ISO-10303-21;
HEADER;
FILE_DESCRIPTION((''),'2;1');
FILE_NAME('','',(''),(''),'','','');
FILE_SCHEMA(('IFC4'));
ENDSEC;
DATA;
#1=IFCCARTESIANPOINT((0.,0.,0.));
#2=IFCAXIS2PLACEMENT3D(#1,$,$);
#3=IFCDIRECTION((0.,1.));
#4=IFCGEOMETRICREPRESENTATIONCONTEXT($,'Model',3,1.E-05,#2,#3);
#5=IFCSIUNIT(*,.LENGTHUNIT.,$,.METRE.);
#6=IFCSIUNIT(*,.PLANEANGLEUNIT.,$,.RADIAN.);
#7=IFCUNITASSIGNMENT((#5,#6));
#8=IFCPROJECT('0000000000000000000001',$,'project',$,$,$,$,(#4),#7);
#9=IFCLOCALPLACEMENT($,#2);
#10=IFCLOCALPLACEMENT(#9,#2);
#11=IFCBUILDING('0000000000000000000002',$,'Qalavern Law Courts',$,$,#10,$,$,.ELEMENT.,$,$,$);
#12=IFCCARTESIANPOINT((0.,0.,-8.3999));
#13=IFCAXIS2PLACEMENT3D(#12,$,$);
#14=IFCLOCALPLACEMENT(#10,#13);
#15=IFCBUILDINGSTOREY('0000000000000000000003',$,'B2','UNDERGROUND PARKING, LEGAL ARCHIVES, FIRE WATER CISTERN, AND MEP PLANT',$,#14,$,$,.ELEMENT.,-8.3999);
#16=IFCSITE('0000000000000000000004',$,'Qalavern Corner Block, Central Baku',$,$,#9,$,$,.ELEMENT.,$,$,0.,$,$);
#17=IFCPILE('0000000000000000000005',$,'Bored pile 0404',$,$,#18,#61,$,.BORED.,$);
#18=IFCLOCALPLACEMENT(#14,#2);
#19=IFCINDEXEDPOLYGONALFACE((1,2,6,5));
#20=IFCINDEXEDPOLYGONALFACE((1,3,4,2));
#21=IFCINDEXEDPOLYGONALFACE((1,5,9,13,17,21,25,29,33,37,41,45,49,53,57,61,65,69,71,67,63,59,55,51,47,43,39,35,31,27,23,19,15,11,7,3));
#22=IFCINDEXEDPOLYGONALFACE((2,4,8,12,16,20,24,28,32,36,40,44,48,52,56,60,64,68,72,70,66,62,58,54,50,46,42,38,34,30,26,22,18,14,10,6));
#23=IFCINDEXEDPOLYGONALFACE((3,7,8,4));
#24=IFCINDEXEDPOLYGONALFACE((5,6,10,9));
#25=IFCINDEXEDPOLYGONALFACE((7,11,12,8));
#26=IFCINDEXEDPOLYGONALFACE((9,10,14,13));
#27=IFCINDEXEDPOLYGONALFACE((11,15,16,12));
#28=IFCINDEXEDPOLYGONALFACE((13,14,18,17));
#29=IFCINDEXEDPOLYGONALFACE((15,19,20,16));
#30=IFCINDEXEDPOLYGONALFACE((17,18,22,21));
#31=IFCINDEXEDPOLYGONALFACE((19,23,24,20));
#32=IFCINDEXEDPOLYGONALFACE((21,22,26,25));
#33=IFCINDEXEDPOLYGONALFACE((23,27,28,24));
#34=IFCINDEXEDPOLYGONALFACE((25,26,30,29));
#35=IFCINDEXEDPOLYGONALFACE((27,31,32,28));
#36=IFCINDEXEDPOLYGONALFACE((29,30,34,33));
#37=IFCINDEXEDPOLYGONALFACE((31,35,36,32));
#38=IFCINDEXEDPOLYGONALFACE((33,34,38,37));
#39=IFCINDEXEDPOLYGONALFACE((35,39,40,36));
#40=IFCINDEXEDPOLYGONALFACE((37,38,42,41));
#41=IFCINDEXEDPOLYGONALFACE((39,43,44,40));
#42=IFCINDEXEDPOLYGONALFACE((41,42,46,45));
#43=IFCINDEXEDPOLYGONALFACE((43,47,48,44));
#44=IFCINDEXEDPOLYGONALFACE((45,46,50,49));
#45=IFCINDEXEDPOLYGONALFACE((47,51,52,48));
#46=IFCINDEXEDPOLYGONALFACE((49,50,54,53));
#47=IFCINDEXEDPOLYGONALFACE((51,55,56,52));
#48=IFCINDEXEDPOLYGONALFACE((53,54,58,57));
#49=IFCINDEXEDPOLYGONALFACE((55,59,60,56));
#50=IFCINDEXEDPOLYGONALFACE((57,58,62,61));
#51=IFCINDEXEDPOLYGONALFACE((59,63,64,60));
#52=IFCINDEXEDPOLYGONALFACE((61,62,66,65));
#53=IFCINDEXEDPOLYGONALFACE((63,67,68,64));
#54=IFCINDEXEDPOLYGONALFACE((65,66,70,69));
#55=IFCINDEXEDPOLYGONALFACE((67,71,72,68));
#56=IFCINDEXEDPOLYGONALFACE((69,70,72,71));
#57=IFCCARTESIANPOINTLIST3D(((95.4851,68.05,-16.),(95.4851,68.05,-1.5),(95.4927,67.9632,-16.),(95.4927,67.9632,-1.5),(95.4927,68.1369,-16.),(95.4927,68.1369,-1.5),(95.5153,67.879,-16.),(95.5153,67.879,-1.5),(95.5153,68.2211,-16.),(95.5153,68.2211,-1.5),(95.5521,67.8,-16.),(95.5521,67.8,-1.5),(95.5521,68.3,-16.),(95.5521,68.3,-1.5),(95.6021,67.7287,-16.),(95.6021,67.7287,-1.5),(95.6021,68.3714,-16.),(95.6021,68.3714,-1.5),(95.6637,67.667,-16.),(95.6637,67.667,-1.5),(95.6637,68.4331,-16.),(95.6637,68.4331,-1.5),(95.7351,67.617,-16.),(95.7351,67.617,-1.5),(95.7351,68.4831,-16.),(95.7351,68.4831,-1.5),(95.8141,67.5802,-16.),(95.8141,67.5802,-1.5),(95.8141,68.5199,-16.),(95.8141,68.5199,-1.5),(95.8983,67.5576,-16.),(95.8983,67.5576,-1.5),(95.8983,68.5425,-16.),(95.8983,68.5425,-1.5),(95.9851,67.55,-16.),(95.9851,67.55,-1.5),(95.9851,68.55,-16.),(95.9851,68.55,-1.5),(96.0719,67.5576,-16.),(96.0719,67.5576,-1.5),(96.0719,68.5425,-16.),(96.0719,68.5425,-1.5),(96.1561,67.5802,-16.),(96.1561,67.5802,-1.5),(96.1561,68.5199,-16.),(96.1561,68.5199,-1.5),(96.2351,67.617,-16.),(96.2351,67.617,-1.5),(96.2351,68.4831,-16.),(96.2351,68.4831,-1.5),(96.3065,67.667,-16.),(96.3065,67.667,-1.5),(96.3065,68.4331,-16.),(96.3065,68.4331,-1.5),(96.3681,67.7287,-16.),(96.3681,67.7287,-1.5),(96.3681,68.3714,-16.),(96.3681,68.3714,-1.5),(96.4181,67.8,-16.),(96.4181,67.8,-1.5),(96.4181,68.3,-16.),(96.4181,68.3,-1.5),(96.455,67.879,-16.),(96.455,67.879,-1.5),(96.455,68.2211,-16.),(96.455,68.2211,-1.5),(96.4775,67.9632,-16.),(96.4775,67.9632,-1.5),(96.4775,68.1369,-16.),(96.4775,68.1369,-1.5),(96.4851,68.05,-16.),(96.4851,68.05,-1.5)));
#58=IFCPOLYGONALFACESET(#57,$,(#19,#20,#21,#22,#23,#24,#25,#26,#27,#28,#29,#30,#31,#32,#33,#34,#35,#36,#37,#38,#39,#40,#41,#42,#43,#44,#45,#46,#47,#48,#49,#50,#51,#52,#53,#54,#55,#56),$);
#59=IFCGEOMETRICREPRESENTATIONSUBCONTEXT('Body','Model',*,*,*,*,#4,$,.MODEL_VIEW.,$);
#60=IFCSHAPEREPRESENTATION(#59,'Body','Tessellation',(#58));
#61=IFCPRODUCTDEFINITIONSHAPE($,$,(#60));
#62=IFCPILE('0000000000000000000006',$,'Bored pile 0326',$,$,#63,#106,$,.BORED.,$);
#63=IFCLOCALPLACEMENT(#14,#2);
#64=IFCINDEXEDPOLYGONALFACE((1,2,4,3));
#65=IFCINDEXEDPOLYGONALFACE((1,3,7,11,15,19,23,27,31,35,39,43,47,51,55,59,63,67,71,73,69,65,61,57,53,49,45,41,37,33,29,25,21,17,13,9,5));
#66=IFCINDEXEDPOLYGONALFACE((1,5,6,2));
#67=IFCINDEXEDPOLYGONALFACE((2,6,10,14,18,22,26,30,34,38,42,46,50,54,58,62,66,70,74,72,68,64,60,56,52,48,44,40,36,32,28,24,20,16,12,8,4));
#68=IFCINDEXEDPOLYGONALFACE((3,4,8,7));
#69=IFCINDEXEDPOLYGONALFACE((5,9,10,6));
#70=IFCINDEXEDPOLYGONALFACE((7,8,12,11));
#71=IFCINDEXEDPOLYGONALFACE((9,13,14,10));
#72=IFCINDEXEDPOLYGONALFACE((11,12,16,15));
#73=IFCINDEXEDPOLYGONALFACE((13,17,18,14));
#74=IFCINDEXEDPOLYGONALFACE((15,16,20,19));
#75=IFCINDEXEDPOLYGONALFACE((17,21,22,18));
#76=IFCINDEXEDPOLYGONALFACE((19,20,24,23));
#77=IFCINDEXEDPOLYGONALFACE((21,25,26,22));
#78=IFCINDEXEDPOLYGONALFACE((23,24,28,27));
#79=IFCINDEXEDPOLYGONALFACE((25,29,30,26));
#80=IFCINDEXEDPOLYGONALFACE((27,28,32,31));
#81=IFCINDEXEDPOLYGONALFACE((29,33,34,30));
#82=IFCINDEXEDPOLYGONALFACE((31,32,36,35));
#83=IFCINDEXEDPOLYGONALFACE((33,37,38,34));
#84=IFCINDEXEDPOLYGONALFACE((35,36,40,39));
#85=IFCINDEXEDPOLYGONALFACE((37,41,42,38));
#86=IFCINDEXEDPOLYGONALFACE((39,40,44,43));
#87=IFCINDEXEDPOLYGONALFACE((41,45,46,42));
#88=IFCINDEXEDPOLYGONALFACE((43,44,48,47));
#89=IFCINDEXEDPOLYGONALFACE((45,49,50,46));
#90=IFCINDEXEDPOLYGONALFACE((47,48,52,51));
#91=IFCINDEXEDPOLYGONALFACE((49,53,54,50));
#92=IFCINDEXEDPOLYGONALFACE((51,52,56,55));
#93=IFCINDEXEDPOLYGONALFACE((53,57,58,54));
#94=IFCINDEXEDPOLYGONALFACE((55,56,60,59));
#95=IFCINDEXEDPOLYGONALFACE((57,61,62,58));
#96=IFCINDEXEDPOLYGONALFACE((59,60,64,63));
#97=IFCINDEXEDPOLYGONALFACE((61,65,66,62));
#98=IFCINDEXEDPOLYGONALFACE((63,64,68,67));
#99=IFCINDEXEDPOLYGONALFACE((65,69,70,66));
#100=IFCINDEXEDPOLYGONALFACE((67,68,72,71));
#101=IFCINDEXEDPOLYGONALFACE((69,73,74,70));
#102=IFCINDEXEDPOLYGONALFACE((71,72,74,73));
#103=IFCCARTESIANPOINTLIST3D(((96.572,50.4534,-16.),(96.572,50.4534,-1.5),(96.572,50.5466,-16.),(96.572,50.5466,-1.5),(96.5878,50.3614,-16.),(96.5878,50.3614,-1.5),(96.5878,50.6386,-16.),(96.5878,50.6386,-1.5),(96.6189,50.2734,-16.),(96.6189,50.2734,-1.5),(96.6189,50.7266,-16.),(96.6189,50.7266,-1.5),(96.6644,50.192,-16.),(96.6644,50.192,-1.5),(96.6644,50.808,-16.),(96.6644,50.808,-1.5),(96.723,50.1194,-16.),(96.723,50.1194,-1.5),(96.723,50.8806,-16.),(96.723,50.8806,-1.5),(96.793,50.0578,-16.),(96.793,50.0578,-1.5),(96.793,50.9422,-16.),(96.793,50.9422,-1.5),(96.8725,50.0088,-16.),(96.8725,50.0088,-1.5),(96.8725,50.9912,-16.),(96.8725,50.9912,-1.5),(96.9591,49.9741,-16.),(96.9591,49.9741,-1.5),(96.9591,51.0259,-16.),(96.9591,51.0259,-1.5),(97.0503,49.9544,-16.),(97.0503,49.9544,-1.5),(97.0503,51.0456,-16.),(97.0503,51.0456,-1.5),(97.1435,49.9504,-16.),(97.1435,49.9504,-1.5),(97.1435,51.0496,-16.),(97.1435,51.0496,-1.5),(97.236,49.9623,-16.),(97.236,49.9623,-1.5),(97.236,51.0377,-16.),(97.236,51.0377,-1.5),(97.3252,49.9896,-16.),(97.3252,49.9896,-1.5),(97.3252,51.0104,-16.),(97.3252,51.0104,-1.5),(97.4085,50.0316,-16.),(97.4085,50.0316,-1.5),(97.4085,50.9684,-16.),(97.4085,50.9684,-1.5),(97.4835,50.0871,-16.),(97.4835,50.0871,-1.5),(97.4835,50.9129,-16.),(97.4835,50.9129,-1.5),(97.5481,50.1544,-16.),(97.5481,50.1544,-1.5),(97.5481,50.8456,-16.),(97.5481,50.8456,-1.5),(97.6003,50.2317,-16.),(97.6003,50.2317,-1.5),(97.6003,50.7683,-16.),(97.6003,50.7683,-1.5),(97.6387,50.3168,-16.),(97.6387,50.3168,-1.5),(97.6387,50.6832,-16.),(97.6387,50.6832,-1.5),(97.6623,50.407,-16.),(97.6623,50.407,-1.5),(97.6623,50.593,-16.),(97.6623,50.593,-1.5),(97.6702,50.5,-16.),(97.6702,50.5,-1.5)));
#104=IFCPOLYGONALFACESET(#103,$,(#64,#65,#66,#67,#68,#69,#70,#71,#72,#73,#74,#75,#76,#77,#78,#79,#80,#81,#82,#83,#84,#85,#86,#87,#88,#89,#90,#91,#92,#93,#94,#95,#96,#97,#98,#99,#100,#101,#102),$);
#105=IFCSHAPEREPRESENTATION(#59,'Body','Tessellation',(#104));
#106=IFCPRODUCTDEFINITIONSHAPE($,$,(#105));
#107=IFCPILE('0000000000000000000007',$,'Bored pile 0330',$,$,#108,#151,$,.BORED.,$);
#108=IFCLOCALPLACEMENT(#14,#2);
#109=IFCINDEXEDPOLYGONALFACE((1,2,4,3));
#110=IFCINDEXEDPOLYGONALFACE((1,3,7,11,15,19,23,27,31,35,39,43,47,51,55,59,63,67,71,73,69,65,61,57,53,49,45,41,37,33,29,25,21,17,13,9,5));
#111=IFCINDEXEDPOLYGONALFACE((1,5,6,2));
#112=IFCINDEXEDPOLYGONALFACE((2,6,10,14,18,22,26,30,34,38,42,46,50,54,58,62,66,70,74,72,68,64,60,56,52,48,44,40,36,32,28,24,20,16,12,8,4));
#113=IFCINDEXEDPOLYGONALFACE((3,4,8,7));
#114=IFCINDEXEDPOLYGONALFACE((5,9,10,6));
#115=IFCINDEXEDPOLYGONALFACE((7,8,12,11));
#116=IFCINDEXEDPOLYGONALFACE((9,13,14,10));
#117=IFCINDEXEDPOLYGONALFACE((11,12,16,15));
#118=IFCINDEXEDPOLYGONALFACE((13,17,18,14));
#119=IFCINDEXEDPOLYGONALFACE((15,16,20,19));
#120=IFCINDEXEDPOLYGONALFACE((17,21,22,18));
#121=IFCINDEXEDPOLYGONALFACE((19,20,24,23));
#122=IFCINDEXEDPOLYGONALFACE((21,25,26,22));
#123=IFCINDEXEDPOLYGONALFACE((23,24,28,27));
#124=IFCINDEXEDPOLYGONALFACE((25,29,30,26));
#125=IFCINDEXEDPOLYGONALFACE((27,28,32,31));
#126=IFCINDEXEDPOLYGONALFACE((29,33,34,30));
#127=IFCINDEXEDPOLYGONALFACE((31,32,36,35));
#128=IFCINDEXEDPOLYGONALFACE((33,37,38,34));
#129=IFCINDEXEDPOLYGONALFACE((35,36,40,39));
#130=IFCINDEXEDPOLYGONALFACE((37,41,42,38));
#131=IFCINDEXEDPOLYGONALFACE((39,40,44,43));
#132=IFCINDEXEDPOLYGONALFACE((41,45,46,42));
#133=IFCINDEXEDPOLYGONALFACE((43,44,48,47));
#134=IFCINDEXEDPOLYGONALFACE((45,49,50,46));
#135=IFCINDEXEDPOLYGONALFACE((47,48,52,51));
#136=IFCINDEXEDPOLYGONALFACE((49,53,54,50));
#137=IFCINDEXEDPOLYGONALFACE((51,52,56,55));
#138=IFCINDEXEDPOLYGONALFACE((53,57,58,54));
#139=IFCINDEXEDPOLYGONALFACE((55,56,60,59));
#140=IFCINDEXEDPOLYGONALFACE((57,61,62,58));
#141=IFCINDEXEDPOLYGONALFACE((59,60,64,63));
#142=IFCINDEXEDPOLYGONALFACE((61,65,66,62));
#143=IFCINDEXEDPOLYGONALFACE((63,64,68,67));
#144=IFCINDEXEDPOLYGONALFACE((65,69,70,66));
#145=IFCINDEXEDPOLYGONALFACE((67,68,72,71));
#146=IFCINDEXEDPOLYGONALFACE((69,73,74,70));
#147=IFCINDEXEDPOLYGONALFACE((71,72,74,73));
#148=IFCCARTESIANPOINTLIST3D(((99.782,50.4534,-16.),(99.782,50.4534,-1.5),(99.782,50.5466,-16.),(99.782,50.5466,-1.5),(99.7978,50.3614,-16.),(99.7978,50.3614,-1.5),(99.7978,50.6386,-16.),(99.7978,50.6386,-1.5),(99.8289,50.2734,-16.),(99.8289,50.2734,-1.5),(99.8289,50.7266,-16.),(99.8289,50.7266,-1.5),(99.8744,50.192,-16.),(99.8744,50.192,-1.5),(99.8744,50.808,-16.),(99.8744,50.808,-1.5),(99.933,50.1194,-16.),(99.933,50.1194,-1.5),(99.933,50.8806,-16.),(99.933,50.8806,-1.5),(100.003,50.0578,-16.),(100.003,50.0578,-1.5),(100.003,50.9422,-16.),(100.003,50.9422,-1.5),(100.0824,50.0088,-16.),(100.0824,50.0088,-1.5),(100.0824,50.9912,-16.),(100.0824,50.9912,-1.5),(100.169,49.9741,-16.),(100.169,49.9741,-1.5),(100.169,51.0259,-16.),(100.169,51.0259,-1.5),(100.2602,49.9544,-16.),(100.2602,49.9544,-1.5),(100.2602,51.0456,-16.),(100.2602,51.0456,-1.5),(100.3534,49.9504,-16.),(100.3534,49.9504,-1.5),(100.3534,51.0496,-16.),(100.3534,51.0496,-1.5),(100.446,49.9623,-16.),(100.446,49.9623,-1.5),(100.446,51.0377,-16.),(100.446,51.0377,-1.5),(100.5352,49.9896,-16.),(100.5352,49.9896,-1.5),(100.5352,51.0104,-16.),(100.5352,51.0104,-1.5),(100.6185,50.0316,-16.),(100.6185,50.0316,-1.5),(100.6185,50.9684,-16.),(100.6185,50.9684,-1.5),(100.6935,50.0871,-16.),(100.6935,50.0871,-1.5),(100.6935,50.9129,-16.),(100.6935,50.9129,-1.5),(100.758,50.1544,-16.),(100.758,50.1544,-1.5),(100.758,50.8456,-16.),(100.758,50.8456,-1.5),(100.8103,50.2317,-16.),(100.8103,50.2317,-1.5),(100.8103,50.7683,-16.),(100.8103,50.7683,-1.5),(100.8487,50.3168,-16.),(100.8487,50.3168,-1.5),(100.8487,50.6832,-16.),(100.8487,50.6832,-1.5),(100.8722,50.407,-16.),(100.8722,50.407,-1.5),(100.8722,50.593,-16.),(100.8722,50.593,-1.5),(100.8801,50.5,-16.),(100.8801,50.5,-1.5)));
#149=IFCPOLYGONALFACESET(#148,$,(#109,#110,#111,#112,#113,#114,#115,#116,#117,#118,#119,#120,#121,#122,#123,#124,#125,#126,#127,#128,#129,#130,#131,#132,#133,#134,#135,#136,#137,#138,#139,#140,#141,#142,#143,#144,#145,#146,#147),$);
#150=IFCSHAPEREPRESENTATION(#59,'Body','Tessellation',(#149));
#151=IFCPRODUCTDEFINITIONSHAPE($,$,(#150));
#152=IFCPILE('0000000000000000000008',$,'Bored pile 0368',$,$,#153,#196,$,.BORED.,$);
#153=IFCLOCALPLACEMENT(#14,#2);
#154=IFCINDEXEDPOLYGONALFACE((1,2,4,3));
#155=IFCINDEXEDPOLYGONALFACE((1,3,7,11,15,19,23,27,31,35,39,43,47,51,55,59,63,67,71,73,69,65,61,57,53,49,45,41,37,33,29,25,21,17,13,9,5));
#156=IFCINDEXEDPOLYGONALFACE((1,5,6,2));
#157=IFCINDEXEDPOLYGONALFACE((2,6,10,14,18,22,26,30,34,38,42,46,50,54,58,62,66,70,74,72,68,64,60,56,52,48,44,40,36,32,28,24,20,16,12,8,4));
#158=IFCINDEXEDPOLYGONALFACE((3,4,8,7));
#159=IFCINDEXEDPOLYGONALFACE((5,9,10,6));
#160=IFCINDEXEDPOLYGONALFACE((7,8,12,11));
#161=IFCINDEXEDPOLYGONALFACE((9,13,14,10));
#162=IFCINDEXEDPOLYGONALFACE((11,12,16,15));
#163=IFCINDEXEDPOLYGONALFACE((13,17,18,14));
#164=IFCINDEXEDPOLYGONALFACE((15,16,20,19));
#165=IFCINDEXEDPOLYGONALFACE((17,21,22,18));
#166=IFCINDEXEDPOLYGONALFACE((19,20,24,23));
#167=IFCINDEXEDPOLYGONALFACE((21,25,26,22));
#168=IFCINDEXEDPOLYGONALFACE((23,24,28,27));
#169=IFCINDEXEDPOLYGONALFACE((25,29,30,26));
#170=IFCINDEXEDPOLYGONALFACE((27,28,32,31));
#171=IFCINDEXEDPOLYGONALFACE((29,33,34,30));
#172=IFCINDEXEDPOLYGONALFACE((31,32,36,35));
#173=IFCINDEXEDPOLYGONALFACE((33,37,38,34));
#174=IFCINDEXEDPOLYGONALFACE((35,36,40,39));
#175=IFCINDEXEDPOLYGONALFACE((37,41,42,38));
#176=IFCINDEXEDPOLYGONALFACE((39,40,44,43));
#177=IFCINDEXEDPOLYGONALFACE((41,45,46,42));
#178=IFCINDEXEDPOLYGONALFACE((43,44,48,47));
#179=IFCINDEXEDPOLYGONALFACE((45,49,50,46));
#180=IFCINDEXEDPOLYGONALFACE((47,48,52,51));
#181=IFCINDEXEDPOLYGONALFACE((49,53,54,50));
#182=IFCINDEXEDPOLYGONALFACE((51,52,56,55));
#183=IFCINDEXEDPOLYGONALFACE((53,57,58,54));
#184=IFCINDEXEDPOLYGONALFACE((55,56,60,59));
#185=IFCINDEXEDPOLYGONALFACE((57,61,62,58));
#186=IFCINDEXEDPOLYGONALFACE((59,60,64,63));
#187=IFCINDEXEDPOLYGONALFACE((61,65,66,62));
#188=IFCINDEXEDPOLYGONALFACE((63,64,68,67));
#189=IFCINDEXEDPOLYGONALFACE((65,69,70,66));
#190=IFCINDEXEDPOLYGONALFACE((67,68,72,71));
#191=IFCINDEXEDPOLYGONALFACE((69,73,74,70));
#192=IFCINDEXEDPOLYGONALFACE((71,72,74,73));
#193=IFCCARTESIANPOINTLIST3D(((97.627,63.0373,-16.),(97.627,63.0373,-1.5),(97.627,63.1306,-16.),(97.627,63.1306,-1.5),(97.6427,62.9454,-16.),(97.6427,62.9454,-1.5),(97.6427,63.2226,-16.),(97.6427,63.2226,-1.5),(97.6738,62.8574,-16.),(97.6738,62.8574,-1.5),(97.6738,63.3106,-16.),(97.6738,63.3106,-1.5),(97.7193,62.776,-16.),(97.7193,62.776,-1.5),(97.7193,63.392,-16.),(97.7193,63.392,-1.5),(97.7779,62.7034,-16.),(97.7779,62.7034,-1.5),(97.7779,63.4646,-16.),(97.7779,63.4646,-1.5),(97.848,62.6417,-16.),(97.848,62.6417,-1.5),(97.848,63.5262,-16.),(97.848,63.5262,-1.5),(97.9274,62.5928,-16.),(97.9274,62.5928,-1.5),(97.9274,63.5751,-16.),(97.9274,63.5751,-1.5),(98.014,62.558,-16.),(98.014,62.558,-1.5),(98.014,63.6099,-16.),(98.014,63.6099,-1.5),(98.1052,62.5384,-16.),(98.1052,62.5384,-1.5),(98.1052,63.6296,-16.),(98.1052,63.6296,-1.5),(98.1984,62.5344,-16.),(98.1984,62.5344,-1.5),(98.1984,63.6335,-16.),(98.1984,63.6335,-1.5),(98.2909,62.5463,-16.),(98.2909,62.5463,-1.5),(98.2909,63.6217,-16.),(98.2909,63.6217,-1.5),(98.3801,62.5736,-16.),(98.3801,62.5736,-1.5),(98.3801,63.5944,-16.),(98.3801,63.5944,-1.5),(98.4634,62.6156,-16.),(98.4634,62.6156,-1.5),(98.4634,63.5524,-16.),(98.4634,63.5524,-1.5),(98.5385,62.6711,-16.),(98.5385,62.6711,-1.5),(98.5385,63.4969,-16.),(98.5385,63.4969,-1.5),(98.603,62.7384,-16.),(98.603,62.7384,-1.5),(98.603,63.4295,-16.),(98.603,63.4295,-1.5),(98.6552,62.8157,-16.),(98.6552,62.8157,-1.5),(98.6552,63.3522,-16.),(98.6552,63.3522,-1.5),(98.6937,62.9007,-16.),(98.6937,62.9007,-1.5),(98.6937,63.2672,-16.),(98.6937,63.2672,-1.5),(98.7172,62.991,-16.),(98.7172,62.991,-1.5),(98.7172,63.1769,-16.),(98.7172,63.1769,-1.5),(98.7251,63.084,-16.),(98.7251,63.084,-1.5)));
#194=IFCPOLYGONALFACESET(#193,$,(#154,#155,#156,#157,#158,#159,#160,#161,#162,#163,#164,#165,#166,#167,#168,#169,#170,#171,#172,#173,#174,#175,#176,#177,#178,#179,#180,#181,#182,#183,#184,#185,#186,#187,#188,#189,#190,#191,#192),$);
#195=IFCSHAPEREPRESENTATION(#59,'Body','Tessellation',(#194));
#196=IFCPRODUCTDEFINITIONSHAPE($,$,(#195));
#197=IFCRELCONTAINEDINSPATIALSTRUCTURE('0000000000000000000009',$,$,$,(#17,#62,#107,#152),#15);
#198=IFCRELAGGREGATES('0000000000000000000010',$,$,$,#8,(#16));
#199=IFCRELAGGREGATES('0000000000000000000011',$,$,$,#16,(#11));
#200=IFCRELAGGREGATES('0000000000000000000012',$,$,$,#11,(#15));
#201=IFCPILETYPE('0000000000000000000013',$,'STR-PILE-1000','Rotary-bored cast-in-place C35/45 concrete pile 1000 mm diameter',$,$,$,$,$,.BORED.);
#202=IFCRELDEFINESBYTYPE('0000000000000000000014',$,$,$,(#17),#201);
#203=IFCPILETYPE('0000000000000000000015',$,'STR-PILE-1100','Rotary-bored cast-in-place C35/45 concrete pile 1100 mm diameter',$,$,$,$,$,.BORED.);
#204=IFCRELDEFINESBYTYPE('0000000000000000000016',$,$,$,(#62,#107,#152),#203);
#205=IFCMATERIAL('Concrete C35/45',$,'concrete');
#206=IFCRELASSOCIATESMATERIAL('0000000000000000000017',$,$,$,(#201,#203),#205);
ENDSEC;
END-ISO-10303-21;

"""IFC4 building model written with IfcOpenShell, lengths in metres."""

from ifc_helpers import new_model, si_unit, direction, frame, origin, origin_2d, place, context, subcontext, project, spatial, circle, extrude, material, material_profile, profile_set, type_object, element, save


model = new_model("IFC4")

# Units and contexts
model_context = context("Model", 3, precision=1e-05, world=origin(), true_north=direction((0.0, 1.0)))
body_context = subcontext(model_context, "Body", "Model", "MODEL_VIEW")
ifc_project = project(units=[si_unit("LENGTHUNIT", "METRE"), si_unit("PLANEANGLEUNIT", "RADIAN")], contexts=[model_context])

# Site, building, storey
site_placement = place(None, origin())
site = spatial("IfcSite", under=ifc_project, at=site_placement, Name="Qalavern Corner Block, Central Baku", CompositionType="ELEMENT", RefElevation=0.0)
building_placement = place(site_placement, origin())
building = spatial("IfcBuilding", under=site, at=building_placement, Name="Qalavern Law Courts", CompositionType="ELEMENT")
storey_placement = place(building_placement, frame((0.0, 0.0, -8.3999)))
storey = spatial("IfcBuildingStorey", under=building, at=storey_placement, Name="B2", Description="UNDERGROUND PARKING, LEGAL ARCHIVES, FIRE WATER CISTERN, AND MEP PLANT", CompositionType="ELEMENT", Elevation=-8.3999)

# Shared definitions
ifc_material_1 = material(Name="Concrete C35/45", Category="concrete")

# Piles
ifc_material_profile_1 = material_profile(ifc_material_1, circle(Radius=0.5, at=origin_2d()), Name="BORED PILE 1000")
ifc_profile_set_1 = profile_set([ifc_material_profile_1], Name="Concrete C35/45")
pile_type_1 = type_object("IfcPileType", Name="STR-PILE-1000", Description="Rotary-bored cast-in-place C35/45 concrete pile 1000 mm diameter", PredefinedType="BORED", material=ifc_profile_set_1)
for number, where, z_axis, x_axis, name in (
    (1, (95.9851, 68.05, -1.5), (0.0, 0.0, -1.0), (1.0, 0.0, 0.0), "Bored pile 0404"),
):
    element("IfcPile", number, at=place(storey_placement, frame(where, z_axis=z_axis, x_axis=x_axis)), inside=storey, type_object=pile_type_1, Name=name, PredefinedType="BORED", context=body_context, shape_type="SweptSolid", body=[
        extrude(circle(Radius=0.5, at=origin_2d()), origin(), (0.0, 0.0, 1.0), 14.5),
    ])
ifc_material_profile_2 = material_profile(ifc_material_1, circle(Radius=0.55, at=origin_2d()), Name="BORED PILE 1100")
ifc_profile_set_2 = profile_set([ifc_material_profile_2], Name="Concrete C35/45")
pile_type_2 = type_object("IfcPileType", Name="STR-PILE-1100", Description="Rotary-bored cast-in-place C35/45 concrete pile 1100 mm diameter", PredefinedType="BORED", material=ifc_profile_set_2)
for number, where, z_axis, x_axis, name in (
    (2, (97.1201, 50.5, -1.5), (0.0, 0.0, -1.0), (1.0, 0.0, 0.0), "Bored pile 0326"),
    (3, (100.3301, 50.5, -1.5), (0.0, 0.0, -1.0), (1.0, 0.0, 0.0), "Bored pile 0330"),
    (4, (98.175, 63.084, -1.5), (0.0, 0.0, -1.0), (1.0, 0.0, 0.0), "Bored pile 0368"),
):
    element("IfcPile", number, at=place(storey_placement, frame(where, z_axis=z_axis, x_axis=x_axis)), inside=storey, type_object=pile_type_2, Name=name, PredefinedType="BORED", context=body_context, shape_type="SweptSolid", body=[
        extrude(circle(Radius=0.55, at=origin_2d()), origin(), (0.0, 0.0, 1.0), 14.5),
    ])

save(model, "model.ifc")
